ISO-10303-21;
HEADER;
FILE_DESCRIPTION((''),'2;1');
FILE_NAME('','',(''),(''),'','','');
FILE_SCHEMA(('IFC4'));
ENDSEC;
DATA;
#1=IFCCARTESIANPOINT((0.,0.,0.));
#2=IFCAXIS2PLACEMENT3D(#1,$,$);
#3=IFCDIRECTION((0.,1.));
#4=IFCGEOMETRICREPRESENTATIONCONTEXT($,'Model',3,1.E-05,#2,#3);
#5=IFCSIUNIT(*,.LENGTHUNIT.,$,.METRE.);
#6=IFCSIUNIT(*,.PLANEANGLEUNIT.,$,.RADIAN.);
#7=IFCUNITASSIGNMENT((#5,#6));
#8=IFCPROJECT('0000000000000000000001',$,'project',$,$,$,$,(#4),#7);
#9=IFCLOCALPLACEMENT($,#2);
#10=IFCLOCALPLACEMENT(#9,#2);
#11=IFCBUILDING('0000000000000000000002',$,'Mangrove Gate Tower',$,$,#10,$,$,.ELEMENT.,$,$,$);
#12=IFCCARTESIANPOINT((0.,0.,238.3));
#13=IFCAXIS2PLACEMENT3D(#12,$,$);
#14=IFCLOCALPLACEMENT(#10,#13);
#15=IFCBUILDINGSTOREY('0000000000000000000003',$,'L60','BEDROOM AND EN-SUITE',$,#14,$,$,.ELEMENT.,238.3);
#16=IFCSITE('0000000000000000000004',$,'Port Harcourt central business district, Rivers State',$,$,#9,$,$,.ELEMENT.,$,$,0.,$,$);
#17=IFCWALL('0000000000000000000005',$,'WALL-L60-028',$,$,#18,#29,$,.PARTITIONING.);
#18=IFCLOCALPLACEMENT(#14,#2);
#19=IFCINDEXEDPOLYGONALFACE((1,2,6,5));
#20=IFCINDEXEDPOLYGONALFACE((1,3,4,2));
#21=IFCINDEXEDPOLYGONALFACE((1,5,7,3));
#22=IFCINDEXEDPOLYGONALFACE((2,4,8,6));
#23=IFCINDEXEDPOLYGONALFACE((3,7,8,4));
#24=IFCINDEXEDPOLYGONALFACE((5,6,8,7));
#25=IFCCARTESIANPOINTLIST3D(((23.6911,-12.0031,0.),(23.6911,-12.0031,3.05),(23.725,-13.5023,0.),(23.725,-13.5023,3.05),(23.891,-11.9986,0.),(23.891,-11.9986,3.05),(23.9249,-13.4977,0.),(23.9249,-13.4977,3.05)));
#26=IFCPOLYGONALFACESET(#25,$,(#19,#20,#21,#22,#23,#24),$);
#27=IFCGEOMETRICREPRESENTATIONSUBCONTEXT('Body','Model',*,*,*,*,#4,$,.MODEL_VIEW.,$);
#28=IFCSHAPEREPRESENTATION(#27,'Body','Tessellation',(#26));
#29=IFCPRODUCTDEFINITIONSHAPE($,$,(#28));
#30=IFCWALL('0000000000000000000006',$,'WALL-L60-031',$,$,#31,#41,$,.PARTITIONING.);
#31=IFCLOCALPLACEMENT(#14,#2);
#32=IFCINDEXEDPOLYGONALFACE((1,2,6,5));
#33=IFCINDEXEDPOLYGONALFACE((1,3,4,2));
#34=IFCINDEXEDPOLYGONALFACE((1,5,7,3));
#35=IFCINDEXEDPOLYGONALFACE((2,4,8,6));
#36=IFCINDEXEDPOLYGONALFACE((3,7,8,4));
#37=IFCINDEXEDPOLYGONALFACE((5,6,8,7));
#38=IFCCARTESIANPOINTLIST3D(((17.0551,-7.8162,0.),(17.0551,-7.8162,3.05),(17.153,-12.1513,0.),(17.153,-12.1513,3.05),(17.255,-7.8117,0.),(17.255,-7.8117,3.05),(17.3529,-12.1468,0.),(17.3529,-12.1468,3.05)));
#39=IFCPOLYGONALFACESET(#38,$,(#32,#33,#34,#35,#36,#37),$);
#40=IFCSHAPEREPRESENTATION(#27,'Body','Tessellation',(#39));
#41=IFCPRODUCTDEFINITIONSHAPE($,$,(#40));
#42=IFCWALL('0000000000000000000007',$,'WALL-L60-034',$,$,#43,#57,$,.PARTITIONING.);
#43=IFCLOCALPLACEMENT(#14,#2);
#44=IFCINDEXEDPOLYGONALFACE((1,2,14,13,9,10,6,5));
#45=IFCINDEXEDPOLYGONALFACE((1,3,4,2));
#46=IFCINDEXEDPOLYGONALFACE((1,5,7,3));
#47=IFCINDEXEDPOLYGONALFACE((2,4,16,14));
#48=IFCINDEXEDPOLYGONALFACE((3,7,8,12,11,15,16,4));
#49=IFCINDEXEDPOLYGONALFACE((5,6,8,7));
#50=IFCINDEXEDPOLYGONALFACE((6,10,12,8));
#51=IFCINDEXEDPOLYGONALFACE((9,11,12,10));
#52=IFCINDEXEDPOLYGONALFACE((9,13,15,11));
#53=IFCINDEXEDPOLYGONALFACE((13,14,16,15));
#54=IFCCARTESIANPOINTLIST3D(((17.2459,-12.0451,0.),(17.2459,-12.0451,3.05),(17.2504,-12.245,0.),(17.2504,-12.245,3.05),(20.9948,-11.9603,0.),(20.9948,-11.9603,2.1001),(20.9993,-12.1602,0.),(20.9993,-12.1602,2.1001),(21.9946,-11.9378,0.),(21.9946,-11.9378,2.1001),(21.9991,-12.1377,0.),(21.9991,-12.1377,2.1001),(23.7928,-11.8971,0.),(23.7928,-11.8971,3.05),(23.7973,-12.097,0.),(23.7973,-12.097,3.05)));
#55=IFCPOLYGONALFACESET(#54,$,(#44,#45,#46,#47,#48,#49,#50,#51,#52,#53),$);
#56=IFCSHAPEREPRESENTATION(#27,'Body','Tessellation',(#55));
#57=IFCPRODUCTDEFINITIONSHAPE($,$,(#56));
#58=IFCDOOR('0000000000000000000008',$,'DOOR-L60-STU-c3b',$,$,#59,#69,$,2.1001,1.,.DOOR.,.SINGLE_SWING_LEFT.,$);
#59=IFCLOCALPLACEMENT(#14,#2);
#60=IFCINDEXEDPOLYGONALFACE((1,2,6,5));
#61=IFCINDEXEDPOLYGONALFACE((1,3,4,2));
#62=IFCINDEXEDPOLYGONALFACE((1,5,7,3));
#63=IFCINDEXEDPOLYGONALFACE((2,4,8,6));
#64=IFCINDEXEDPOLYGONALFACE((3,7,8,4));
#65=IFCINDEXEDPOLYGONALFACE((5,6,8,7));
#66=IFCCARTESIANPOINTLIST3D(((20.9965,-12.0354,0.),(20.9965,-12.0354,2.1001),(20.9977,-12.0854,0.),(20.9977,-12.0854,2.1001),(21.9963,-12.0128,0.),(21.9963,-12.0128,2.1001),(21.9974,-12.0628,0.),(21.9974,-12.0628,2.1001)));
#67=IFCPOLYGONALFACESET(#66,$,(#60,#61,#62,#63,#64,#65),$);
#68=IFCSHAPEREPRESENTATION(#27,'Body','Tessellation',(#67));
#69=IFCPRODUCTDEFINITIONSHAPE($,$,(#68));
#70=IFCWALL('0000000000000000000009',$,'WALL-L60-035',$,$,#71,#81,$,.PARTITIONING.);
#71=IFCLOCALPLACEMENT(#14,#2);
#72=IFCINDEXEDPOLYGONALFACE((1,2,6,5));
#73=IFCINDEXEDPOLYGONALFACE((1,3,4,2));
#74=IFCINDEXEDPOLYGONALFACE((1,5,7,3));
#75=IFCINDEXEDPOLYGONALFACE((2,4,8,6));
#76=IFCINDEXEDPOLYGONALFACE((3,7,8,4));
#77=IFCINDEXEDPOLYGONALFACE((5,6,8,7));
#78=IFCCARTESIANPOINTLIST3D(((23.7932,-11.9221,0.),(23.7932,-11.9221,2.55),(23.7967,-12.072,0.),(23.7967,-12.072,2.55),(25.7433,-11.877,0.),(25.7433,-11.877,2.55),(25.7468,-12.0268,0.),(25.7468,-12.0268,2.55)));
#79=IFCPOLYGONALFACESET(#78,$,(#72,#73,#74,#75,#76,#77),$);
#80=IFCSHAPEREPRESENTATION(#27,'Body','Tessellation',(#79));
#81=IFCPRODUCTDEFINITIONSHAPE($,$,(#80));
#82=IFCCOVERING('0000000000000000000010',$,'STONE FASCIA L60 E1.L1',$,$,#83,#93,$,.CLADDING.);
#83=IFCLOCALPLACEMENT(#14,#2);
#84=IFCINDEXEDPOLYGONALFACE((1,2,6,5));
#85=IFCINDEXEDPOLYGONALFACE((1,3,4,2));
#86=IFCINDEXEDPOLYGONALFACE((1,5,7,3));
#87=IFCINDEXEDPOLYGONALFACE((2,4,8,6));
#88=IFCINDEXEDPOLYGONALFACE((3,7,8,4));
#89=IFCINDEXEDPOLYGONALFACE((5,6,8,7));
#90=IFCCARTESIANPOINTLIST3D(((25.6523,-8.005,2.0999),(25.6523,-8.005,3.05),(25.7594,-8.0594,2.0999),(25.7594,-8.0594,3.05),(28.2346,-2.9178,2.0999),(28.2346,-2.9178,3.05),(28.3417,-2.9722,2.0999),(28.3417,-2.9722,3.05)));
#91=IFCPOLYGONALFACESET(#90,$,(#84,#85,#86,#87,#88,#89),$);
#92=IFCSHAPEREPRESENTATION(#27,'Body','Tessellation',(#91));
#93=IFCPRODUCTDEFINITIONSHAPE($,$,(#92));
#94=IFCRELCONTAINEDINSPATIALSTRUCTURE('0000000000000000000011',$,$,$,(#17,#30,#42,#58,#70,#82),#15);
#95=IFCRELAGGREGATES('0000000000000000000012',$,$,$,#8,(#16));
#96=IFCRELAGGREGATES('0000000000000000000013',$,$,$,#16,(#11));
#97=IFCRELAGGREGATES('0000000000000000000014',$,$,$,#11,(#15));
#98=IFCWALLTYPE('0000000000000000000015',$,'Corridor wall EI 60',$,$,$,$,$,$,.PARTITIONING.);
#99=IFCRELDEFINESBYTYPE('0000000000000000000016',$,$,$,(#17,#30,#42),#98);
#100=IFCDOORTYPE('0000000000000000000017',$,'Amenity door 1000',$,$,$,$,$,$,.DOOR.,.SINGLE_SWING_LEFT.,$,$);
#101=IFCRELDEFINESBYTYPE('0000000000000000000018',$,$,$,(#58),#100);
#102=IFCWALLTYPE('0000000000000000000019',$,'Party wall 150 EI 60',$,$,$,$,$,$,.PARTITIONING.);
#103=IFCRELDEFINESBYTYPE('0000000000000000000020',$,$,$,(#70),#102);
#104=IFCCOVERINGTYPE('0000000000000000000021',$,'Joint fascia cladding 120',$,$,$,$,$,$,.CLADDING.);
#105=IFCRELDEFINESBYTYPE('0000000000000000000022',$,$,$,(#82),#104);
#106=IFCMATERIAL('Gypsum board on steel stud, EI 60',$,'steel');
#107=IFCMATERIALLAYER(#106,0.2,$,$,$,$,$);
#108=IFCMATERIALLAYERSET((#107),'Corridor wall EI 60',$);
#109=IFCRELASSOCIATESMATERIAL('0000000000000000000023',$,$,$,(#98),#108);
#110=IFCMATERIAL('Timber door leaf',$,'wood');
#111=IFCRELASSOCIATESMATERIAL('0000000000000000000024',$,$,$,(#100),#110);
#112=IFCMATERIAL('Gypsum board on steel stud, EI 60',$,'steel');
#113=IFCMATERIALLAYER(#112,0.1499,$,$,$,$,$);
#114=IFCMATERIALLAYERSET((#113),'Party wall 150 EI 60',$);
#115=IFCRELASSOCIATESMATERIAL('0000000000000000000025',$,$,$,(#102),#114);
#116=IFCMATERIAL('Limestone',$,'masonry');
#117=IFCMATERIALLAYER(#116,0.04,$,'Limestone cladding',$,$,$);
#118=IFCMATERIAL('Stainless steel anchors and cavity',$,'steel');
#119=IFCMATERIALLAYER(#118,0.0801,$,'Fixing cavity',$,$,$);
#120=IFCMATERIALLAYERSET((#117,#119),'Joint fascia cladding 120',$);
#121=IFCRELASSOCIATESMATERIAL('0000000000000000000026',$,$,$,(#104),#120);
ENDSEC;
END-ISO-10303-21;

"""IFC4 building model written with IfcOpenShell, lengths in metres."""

from ifc_helpers import new_model, si_unit, direction, frame, frame_2d, origin, place, context, subcontext, project, spatial, rectangle, extrude, material, layer, layer_set, type_object, element, fill, save


model = new_model("IFC4")

# Units and contexts
model_context = context("Model", 3, precision=1e-05, world=origin(), true_north=direction((0.0, 1.0)))
body_context = subcontext(model_context, "Body", "Model", "MODEL_VIEW")
ifc_project = project(units=[si_unit("LENGTHUNIT", "METRE"), si_unit("PLANEANGLEUNIT", "RADIAN")], contexts=[model_context])

# Site, building, storey
site_placement = place(None, origin())
site = spatial("IfcSite", under=ifc_project, at=site_placement, Name="Port Harcourt central business district, Rivers State", CompositionType="ELEMENT", RefElevation=0.0)
building_placement = place(site_placement, origin())
building = spatial("IfcBuilding", under=site, at=building_placement, Name="Mangrove Gate Tower", CompositionType="ELEMENT")
storey_placement = place(building_placement, frame((0.0, 0.0, 238.3)))
storey = spatial("IfcBuildingStorey", under=building, at=storey_placement, Name="L60", Description="BEDROOM AND EN-SUITE", CompositionType="ELEMENT", Elevation=238.3)

# Walls
ifc_material_1 = material(Name="Gypsum board on steel stud, EI 60", Category="steel")
ifc_layer_1 = layer(ifc_material_1, 0.2)
ifc_layer_set_1 = layer_set([ifc_layer_1], Name="Corridor wall EI 60")
wall_type_1 = type_object("IfcWallType", Name="Corridor wall EI 60", PredefinedType="PARTITIONING", material=ifc_layer_set_1)
wall_1_placement = place(storey_placement, frame((23.825, -13.5, 0.0), z_axis=(0.0, 0.0, 1.0), x_axis=(-0.022633, 0.999744, 0.0)))
element("IfcWall", 1, at=wall_1_placement, inside=storey, type_object=wall_type_1, Name="WALL-L60-028", PredefinedType="PARTITIONING", context=body_context, shape_type="SweptSolid", body=[
    extrude(rectangle(XDim=1.4995, YDim=0.2, at=frame_2d((0.7498, 0.0))), origin(), (0.0, 0.0, 1.0), 3.05),
])
wall_2_placement = place(storey_placement, frame((17.2529, -12.1489, 0.0), z_axis=(0.0, 0.0, 1.0), x_axis=(-0.022578, 0.999745, 0.0)))
element("IfcWall", 2, at=wall_2_placement, inside=storey, type_object=wall_type_1, Name="WALL-L60-031", PredefinedType="PARTITIONING", context=body_context, shape_type="SweptSolid", body=[
    extrude(rectangle(XDim=4.3362, YDim=0.2, at=frame_2d((2.168, 0.0))), origin(), (0.0, 0.0, 1.0), 3.05),
])

# Wall, opening, door
wall_3_placement = place(storey_placement, frame((17.248, -12.145, 0.0), z_axis=(0.0, 0.0, 1.0), x_axis=(0.999745, 0.022593, 0.0)))
wall_3 = element("IfcWall", 3, at=wall_3_placement, inside=storey, type_object=wall_type_1, Name="WALL-L60-034", PredefinedType="PARTITIONING", context=body_context, shape_type="SweptSolid", body=[
    extrude(rectangle(XDim=6.5486, YDim=0.2, at=frame_2d((3.2744, 0.0))), origin(), (0.0, 0.0, 1.0), 3.05),
])
opening_1_placement = place(wall_3_placement, frame((3.75, 0.0, 0.0)))
opening_1 = element("IfcOpeningElement", 4, at=opening_1_placement, cuts=wall_3, PredefinedType="OPENING", context=body_context, shape_type="SweptSolid", body=[
    extrude(rectangle(XDim=1.0, YDim=2.1001, at=frame_2d((0.5, 1.05))), frame((0.0, 0.1099, 0.0), z_axis=(0.0, -1.0, 0.0), x_axis=(1.0, 0.0, 0.0)), (0.0, 0.0, 1.0), 0.22),
])
ifc_material_2 = material(Name="Timber door leaf", Category="wood")
door_type_1 = type_object("IfcDoorType", Name="Amenity door 1000", OperationType="SINGLE_SWING_LEFT", PredefinedType="DOOR", material=ifc_material_2)
door_1_placement = place(opening_1_placement, origin())
door_1 = element("IfcDoor", 5, at=door_1_placement, inside=storey, type_object=door_type_1, Name="DOOR-L60-STU-c3b", OperationType="SINGLE_SWING_LEFT", OverallHeight=2.1001, OverallWidth=1.0, PredefinedType="DOOR", context=body_context, shape_type="SweptSolid", body=[
    extrude(rectangle(XDim=1.0, YDim=2.1001, at=frame_2d((0.5, 1.05))), frame((0.0, 0.0249, 0.0), z_axis=(0.0, -1.0, 0.0), x_axis=(1.0, 0.0, 0.0)), (0.0, 0.0, 1.0), 0.05),
])
fill(opening_1, door_1)

# Wall
ifc_material_3 = material(Name="Gypsum board on steel stud, EI 60", Category="steel")
ifc_layer_2 = layer(ifc_material_3, 0.1499)
ifc_layer_set_2 = layer_set([ifc_layer_2], Name="Party wall 150 EI 60")
wall_type_2 = type_object("IfcWallType", Name="Party wall 150 EI 60", PredefinedType="PARTITIONING", material=ifc_layer_set_2)
wall_4_placement = place(storey_placement, frame((23.7949, -11.9971, 0.0), z_axis=(0.0, 0.0, 1.0), x_axis=(0.999732, 0.023154, 0.0)))
element("IfcWall", 6, at=wall_4_placement, inside=storey, type_object=wall_type_2, Name="WALL-L60-035", PredefinedType="PARTITIONING", context=body_context, shape_type="SweptSolid", body=[
    extrude(rectangle(XDim=1.9507, YDim=0.1499, at=frame_2d((0.9753, 0.0))), origin(), (0.0, 0.0, 1.0), 2.55),
])

# Covering
ifc_material_4 = material(Name="Limestone", Category="masonry")
ifc_layer_3 = layer(ifc_material_4, 0.04, Name="Limestone cladding")
ifc_material_5 = material(Name="Stainless steel anchors and cavity", Category="steel")
ifc_layer_4 = layer(ifc_material_5, 0.0801, Name="Fixing cavity")
ifc_layer_set_3 = layer_set([ifc_layer_3, ifc_layer_4], Name="Joint fascia cladding 120")
covering_type = type_object("IfcCoveringType", Name="Joint fascia cladding 120", PredefinedType="CLADDING", material=ifc_layer_set_3)
covering_placement = place(storey_placement, frame((25.7058, -8.0322, 2.0999), z_axis=(0.0, 0.0, 1.0), x_axis=(0.452632, 0.891698, 0.0)))
element("IfcCovering", 7, at=covering_placement, inside=storey, type_object=covering_type, Name="STONE FASCIA L60 E1.L1", PredefinedType="CLADDING", context=body_context, shape_type="SweptSolid", body=[
    extrude(rectangle(XDim=5.7051, YDim=0.1201, at=frame_2d((2.8525, 0.0))), origin(), (0.0, 0.0, 1.0), 0.9502),
])

save(model, "model.ifc")
